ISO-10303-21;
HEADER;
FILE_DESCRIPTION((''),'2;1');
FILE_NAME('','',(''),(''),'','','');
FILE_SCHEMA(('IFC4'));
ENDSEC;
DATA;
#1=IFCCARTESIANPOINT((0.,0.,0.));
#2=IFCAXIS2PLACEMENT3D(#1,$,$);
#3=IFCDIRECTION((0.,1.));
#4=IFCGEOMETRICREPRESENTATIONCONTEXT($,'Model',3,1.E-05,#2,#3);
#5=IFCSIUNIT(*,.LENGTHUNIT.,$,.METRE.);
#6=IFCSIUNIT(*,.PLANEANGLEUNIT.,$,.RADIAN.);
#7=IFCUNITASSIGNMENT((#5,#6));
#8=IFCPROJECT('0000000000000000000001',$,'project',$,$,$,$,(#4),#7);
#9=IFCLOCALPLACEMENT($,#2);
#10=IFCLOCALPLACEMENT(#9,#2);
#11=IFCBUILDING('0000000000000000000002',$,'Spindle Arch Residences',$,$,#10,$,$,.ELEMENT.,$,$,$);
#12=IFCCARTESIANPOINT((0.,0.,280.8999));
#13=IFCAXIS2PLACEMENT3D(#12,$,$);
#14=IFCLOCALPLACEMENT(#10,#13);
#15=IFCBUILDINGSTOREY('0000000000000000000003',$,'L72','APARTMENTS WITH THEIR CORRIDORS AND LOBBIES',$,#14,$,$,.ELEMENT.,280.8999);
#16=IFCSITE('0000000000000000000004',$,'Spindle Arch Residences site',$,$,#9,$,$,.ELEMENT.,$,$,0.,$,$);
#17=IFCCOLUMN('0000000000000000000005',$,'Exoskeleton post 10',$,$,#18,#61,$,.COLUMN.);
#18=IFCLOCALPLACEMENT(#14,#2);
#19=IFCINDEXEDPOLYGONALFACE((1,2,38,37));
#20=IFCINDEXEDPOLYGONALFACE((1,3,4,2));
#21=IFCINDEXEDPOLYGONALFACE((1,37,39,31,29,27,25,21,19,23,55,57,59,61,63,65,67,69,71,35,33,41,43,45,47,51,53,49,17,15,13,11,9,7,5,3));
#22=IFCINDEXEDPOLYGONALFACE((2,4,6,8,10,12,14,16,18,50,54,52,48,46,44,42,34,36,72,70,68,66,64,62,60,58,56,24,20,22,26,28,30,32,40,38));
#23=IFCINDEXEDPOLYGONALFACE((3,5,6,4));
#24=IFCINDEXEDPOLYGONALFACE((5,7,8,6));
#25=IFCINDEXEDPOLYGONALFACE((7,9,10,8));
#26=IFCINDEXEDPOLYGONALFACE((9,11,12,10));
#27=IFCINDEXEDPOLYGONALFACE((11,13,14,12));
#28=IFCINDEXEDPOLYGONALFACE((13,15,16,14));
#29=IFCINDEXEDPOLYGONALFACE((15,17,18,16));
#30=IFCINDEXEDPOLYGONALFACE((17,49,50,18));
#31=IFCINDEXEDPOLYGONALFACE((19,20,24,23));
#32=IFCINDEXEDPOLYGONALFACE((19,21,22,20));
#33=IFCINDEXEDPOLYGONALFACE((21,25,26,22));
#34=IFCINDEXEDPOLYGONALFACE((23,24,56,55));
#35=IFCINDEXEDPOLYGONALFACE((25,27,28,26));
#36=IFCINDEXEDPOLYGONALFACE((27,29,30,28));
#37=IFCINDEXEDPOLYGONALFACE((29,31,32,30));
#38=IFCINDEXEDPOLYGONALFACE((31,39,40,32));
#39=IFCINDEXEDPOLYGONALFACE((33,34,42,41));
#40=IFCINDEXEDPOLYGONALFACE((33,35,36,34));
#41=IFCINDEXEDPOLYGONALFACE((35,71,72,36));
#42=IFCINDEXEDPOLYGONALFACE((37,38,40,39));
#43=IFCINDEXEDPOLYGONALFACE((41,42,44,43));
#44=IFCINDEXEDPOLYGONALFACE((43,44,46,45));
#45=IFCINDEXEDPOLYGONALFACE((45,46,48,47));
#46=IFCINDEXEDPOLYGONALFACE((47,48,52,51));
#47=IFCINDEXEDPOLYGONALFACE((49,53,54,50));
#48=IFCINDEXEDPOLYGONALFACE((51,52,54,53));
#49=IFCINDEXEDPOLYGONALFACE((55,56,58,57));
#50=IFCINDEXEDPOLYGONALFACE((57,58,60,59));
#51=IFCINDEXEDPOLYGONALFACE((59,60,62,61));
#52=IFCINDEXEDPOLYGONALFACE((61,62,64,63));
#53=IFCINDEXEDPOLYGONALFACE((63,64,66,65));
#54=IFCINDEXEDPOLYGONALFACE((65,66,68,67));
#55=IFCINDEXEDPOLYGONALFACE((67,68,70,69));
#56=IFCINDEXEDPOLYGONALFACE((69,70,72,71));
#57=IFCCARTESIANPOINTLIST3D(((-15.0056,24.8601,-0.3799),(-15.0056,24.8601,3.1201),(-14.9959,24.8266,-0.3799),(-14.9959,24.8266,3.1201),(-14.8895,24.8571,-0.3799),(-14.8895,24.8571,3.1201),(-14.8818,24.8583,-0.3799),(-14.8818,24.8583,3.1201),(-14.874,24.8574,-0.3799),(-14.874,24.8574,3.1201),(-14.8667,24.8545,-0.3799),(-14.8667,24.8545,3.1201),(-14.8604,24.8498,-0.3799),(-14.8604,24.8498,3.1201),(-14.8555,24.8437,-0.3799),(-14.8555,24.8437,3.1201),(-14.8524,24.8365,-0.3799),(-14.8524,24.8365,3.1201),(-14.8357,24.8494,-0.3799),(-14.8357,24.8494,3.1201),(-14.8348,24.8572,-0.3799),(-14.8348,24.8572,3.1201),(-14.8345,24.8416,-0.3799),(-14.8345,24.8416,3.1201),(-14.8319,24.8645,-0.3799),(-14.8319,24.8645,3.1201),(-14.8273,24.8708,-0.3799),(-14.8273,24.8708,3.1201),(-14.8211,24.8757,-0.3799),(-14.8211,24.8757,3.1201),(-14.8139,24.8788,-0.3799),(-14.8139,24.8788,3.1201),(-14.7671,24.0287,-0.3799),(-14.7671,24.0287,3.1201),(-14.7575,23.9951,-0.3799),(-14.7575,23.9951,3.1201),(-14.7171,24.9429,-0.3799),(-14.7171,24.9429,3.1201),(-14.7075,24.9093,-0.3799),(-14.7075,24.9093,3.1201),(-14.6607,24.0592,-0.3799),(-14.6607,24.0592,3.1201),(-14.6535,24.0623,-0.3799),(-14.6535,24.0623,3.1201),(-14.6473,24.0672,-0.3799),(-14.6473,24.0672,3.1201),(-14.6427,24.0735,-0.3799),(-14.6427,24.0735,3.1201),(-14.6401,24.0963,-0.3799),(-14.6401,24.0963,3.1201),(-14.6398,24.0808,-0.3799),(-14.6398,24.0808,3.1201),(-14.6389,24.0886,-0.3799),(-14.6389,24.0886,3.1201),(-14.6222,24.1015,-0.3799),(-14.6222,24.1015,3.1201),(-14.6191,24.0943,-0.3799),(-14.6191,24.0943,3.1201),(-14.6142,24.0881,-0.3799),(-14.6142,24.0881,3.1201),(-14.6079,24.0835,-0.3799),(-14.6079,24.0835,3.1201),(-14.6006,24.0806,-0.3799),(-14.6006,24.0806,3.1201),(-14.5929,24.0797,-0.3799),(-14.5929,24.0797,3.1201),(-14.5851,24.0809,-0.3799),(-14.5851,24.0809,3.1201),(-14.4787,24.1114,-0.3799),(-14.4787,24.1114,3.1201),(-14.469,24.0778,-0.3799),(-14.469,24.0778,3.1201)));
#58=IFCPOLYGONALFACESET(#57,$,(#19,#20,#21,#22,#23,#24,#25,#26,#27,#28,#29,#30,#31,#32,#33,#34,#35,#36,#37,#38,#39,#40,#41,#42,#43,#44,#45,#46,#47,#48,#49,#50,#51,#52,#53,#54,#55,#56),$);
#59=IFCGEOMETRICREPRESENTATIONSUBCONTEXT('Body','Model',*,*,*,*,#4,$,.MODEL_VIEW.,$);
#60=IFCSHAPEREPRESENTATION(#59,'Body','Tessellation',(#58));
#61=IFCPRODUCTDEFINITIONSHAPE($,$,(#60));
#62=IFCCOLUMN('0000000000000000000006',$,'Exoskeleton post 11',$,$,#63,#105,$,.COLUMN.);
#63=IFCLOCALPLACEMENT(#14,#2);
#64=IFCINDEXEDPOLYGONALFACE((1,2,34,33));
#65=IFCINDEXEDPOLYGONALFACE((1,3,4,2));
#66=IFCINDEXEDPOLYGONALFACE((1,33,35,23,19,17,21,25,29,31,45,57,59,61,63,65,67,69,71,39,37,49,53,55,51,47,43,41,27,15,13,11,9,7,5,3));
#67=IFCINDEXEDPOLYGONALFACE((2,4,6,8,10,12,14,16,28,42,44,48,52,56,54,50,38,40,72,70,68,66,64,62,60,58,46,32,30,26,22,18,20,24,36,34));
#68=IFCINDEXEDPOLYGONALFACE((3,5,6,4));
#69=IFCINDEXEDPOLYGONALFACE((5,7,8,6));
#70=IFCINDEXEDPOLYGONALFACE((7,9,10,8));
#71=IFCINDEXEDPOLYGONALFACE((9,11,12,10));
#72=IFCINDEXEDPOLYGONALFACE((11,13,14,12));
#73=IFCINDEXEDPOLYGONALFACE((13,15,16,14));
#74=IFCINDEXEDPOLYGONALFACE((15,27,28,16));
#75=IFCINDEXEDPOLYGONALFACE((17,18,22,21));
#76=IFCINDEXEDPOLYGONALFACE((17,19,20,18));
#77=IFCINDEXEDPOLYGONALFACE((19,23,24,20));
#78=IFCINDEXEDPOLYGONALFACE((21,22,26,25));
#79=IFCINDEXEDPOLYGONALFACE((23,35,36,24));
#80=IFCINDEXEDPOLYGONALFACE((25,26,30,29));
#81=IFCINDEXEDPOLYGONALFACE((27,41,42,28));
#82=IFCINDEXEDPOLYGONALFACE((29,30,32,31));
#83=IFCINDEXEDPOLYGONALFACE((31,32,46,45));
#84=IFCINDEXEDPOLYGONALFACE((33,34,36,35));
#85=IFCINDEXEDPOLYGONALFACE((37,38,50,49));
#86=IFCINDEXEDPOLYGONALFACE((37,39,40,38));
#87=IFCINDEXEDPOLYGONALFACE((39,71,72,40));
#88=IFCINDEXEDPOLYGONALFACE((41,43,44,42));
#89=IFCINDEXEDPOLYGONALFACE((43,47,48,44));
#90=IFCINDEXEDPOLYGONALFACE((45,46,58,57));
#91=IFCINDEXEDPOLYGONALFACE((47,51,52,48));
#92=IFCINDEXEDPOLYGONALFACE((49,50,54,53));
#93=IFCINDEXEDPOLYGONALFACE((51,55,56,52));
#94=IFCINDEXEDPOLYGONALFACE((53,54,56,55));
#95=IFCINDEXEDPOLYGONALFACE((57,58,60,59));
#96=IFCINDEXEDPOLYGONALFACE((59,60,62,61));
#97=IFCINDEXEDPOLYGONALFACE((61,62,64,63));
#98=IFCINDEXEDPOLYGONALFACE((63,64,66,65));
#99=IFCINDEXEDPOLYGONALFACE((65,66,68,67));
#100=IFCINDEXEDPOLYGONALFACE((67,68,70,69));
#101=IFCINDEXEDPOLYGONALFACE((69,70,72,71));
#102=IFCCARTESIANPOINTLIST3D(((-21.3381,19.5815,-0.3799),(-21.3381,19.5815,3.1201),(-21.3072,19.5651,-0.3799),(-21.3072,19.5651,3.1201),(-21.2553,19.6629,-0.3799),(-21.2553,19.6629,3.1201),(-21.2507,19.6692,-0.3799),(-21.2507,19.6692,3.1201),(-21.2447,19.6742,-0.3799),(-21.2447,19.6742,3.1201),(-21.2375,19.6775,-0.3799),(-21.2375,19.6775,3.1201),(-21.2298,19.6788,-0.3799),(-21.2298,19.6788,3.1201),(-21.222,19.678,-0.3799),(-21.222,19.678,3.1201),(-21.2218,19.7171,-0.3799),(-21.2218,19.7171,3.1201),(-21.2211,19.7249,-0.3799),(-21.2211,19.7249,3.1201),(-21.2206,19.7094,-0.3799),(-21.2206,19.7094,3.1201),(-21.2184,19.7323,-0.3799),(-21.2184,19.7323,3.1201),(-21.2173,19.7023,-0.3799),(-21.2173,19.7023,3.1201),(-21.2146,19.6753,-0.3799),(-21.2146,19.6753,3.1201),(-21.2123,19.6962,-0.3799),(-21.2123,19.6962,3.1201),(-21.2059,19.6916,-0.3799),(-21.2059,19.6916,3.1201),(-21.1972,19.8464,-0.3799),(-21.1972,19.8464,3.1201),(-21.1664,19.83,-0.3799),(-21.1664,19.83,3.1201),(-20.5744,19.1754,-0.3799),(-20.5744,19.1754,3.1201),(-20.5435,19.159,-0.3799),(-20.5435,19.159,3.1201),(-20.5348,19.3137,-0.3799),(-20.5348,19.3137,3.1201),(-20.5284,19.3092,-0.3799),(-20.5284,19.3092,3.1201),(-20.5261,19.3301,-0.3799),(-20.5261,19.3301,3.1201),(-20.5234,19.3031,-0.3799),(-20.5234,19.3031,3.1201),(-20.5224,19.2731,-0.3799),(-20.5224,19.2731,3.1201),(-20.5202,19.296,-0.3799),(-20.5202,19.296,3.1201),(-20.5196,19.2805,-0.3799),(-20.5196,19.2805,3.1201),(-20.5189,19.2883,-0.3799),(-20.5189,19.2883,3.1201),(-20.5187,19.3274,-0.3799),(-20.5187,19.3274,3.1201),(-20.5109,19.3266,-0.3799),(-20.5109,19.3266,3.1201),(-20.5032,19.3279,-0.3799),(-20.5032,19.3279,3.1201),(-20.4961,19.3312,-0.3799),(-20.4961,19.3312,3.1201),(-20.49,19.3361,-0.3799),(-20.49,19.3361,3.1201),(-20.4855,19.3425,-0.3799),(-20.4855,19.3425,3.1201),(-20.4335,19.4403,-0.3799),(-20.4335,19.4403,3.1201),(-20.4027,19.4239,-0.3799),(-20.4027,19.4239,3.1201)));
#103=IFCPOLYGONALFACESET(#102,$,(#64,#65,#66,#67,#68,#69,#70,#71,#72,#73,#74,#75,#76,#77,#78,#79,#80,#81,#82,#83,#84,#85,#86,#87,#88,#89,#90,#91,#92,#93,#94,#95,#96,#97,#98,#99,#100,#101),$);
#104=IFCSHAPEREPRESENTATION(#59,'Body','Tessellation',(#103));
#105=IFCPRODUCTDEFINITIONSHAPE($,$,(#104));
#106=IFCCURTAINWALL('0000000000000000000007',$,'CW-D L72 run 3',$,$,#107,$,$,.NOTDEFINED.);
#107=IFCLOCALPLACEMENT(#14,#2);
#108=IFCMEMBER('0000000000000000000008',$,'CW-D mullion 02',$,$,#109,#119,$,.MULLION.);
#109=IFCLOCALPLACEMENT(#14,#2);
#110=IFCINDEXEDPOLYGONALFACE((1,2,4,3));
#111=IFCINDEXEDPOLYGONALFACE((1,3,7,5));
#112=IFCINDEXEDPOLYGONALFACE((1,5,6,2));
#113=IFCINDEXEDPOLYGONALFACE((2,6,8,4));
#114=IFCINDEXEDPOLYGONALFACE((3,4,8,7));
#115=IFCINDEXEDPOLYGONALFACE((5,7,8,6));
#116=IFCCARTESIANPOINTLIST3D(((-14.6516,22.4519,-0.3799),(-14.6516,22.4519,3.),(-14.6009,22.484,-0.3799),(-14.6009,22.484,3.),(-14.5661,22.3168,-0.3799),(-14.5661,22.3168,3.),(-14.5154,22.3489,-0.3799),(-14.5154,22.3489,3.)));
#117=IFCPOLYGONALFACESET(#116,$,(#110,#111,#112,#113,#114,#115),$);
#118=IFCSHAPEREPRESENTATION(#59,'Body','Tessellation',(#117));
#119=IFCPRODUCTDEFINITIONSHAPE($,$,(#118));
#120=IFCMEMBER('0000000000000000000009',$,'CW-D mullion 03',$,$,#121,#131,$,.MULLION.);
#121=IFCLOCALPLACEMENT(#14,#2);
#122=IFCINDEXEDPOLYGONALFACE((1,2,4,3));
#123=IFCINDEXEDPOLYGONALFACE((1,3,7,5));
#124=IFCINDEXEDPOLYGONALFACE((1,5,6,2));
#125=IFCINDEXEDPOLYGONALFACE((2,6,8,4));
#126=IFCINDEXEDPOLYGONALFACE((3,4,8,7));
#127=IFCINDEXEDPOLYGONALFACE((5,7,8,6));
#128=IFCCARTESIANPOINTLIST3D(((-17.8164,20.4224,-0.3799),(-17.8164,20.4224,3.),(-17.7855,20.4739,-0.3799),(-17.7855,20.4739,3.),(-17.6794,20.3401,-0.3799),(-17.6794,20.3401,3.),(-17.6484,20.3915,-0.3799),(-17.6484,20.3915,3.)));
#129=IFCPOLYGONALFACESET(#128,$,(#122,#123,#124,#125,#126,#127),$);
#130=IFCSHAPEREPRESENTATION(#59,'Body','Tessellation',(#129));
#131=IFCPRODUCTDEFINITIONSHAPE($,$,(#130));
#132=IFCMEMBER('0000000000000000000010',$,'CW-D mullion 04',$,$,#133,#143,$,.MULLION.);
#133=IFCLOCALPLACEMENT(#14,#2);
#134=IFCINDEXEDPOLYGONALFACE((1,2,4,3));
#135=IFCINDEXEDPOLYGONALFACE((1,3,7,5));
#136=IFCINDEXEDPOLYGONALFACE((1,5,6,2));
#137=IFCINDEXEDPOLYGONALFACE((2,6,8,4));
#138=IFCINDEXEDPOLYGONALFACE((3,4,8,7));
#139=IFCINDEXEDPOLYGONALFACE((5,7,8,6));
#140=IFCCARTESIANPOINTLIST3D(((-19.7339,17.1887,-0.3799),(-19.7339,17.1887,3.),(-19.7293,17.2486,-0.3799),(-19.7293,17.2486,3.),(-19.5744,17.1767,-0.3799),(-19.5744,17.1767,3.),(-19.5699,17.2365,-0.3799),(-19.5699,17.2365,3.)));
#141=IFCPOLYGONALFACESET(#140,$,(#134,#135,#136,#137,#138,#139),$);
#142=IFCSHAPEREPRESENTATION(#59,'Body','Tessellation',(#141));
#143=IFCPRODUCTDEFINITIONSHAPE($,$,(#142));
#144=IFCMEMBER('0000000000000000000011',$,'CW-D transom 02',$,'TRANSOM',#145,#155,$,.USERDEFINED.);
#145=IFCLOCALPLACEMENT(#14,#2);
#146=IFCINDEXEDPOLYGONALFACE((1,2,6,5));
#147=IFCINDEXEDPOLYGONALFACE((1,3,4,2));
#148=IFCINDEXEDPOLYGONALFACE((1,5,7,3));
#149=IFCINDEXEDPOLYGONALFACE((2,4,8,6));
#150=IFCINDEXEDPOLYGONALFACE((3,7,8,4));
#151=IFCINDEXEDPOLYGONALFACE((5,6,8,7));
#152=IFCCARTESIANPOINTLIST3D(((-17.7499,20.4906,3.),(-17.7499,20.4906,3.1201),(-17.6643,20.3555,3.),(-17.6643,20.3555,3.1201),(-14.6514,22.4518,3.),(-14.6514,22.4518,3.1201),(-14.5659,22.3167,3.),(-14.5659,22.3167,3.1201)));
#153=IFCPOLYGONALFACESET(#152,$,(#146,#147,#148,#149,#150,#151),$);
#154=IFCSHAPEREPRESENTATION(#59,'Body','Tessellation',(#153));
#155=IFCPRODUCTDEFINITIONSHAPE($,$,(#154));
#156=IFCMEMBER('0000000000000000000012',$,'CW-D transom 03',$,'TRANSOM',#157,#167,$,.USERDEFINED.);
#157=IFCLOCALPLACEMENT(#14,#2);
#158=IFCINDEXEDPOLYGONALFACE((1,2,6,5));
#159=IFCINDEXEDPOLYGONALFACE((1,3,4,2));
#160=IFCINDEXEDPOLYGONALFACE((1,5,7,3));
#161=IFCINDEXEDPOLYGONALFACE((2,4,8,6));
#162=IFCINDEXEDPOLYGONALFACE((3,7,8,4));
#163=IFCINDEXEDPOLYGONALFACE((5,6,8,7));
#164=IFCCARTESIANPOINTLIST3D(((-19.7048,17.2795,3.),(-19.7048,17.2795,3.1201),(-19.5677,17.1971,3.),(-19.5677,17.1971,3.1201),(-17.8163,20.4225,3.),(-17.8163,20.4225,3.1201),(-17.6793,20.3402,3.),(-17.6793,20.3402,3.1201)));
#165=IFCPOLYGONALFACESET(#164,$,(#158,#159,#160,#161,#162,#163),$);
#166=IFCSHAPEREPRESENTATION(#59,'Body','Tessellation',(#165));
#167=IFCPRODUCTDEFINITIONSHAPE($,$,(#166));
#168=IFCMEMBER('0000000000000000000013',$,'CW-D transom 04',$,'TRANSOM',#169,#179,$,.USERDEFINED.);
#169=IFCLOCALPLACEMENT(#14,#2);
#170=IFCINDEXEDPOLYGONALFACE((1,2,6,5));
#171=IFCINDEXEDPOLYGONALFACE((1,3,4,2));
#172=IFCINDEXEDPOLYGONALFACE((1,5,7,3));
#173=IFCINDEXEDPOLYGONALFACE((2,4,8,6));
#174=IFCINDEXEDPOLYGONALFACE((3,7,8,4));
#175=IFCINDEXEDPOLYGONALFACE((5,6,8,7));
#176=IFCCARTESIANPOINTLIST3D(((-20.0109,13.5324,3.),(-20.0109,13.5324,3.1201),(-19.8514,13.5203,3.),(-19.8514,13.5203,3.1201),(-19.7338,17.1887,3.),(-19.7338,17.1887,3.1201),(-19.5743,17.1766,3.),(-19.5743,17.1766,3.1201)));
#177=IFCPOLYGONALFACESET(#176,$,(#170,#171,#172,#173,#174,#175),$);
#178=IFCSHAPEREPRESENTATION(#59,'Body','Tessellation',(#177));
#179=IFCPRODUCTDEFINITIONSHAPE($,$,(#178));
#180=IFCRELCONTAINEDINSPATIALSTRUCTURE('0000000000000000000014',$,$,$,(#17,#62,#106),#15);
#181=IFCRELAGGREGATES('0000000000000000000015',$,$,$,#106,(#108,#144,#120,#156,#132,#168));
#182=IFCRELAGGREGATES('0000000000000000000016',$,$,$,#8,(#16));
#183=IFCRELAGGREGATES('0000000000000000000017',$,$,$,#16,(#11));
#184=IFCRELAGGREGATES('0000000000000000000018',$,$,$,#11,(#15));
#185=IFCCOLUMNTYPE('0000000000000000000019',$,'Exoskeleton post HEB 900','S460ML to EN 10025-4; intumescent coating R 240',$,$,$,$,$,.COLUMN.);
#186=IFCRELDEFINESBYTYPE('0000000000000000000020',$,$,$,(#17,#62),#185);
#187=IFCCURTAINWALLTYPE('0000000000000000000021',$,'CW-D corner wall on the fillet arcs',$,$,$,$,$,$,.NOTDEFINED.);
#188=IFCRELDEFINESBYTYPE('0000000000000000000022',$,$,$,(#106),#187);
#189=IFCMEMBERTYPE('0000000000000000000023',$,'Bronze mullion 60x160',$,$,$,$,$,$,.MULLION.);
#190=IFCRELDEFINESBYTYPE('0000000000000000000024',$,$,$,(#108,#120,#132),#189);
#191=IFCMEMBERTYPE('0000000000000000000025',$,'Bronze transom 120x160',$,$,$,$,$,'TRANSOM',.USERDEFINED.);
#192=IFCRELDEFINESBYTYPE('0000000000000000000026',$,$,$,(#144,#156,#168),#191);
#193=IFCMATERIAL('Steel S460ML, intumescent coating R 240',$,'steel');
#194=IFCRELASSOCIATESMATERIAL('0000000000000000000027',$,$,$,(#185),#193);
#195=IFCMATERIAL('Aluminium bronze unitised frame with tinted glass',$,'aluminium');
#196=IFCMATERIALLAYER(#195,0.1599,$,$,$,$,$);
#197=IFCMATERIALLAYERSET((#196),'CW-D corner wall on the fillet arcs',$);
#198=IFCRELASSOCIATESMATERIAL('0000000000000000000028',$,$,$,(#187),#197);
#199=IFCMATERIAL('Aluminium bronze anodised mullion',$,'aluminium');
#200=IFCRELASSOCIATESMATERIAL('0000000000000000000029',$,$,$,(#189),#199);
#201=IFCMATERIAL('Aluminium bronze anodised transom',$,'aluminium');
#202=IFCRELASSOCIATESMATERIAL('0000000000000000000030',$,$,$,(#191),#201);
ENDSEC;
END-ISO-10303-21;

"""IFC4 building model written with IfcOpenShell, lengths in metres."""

from ifc_helpers import new_model, si_unit, direction, frame, origin, origin_2d, place, context, subcontext, project, spatial, rectangle, i_section, extrude, material, layer, layer_set, material_profile, profile_set, type_object, element, aggregate, save


model = new_model("IFC4")

# Units and contexts
model_context = context("Model", 3, precision=1e-05, world=origin(), true_north=direction((0.0, 1.0)))
body_context = subcontext(model_context, "Body", "Model", "MODEL_VIEW")
ifc_project = project(units=[si_unit("LENGTHUNIT", "METRE"), si_unit("PLANEANGLEUNIT", "RADIAN")], contexts=[model_context])

# Site, building, storey
site_placement = place(None, origin())
site = spatial("IfcSite", under=ifc_project, at=site_placement, Name="Spindle Arch Residences site", CompositionType="ELEMENT", RefElevation=0.0)
building_placement = place(site_placement, origin())
building = spatial("IfcBuilding", under=site, at=building_placement, Name="Spindle Arch Residences", CompositionType="ELEMENT")
storey_placement = place(building_placement, frame((0.0, 0.0, 280.8999)))
storey = spatial("IfcBuildingStorey", under=building, at=storey_placement, Name="L72", Description="APARTMENTS WITH THEIR CORRIDORS AND LOBBIES", CompositionType="ELEMENT", Elevation=280.8999)

# Columns
ifc_material_1 = material(Name="Steel S460ML, intumescent coating R 240", Category="steel")
ifc_material_profile_1 = material_profile(ifc_material_1, i_section(OverallWidth=0.3, OverallDepth=0.8999, WebThickness=0.0186, FlangeThickness=0.0349, FilletRadius=0.03, at=origin_2d()), Name="HEB 900")
ifc_profile_set_1 = profile_set([ifc_material_profile_1], Name="Steel S460ML, intumescent coating R 240")
column_type = type_object("IfcColumnType", Name="Exoskeleton post HEB 900", Description="S460ML to EN 10025-4; intumescent coating R 240", PredefinedType="COLUMN", material=ifc_profile_set_1)
for number, where, z_axis, x_axis, name in (
    (1, (-14.7373, 24.469, -0.3799), (0.0, 0.0, 1.0), (0.961245, 0.275695, 0.0), "Exoskeleton post 10"),
    (2, (-20.8704, 19.5027, -0.3799), (0.0, 0.0, 1.0), (0.469525, 0.882919, 0.0), "Exoskeleton post 11"),
):
    element("IfcColumn", number, at=place(storey_placement, frame(where, z_axis=z_axis, x_axis=x_axis)), inside=storey, type_object=column_type, Name=name, PredefinedType="COLUMN", context=body_context, shape_type="SweptSolid", body=[
        extrude(i_section(OverallWidth=0.3, OverallDepth=0.8999, WebThickness=0.0186, FlangeThickness=0.0349, FilletRadius=0.03, at=origin_2d()), origin(), (0.0, 0.0, 1.0), 3.5),
    ])

# Curtain wall, members
ifc_material_2 = material(Name="Aluminium bronze unitised frame with tinted glass", Category="aluminium")
ifc_layer_1 = layer(ifc_material_2, 0.1599)
ifc_layer_set_1 = layer_set([ifc_layer_1], Name="CW-D corner wall on the fillet arcs")
curtain_wall_type = type_object("IfcCurtainWallType", Name="CW-D corner wall on the fillet arcs", PredefinedType="NOTDEFINED", material=ifc_layer_set_1)
curtain_wall_placement = place(storey_placement, origin())
curtain_wall = element("IfcCurtainWall", 3, at=curtain_wall_placement, inside=storey, type_object=curtain_wall_type, Name="CW-D L72 run 3", PredefinedType="NOTDEFINED")
ifc_material_3 = material(Name="Aluminium bronze anodised mullion", Category="aluminium")
ifc_material_profile_2 = material_profile(ifc_material_3, rectangle(XDim=0.1599, YDim=0.0601, at=origin_2d()), Name="MU 60x160")
ifc_profile_set_2 = profile_set([ifc_material_profile_2], Name="Aluminium bronze anodised mullion")
member_type_1 = type_object("IfcMemberType", Name="Bronze mullion 60x160", PredefinedType="MULLION", material=ifc_profile_set_2)
member_1_placement = place(storey_placement, frame((-14.5835, 22.4004, -0.3799), z_axis=(0.0, 0.0, 1.0), x_axis=(0.534844, -0.844951, 0.0)))
member_1 = element("IfcMember", 4, at=member_1_placement, type_object=member_type_1, Name="CW-D mullion 02", PredefinedType="MULLION", context=body_context, shape_type="SweptSolid", body=[
    extrude(rectangle(XDim=0.1599, YDim=0.0601, at=origin_2d()), origin(), (0.0, 0.0, 1.0), 3.3799),
])
member_2_placement = place(storey_placement, frame((-17.7324, 20.407, -0.3799), z_axis=(0.0, 0.0, 1.0), x_axis=(0.857167, -0.515038, 0.0)))
member_2 = element("IfcMember", 5, at=member_2_placement, type_object=member_type_1, Name="CW-D mullion 03", PredefinedType="MULLION", context=body_context, shape_type="SweptSolid", body=[
    extrude(rectangle(XDim=0.1599, YDim=0.0601, at=origin_2d()), origin(), (0.0, 0.0, 1.0), 3.3799),
])
member_3_placement = place(storey_placement, frame((-19.6519, 17.2126, -0.3799), z_axis=(0.0, 0.0, 1.0), x_axis=(0.997141, -0.075559, 0.0)))
member_3 = element("IfcMember", 6, at=member_3_placement, type_object=member_type_1, Name="CW-D mullion 04", PredefinedType="MULLION", context=body_context, shape_type="SweptSolid", body=[
    extrude(rectangle(XDim=0.1599, YDim=0.0601, at=origin_2d()), origin(), (0.0, 0.0, 1.0), 3.3799),
])
ifc_material_4 = material(Name="Aluminium bronze anodised transom", Category="aluminium")
ifc_material_profile_3 = material_profile(ifc_material_4, rectangle(XDim=0.1599, YDim=0.1201, at=origin_2d()), Name="TR 120x160")
ifc_profile_set_3 = profile_set([ifc_material_profile_3], Name="Aluminium bronze anodised transom")
member_type_2 = type_object("IfcMemberType", Name="Bronze transom 120x160", ElementType="TRANSOM", PredefinedType="USERDEFINED", material=ifc_profile_set_3)
member_4_placement = place(storey_placement, frame((-14.6086, 22.3843, 3.0601), z_axis=(-0.844958, -0.534832, 0.0), x_axis=(0.534832, -0.844958, 0.0)))
member_4 = element("IfcMember", 7, at=member_4_placement, type_object=member_type_2, Name="CW-D transom 02", ObjectType="TRANSOM", PredefinedType="USERDEFINED", context=body_context, shape_type="SweptSolid", body=[
    extrude(rectangle(XDim=0.1599, YDim=0.1201, at=origin_2d()), origin(), (0.0, 0.0, 1.0), 3.667),
])
member_5_placement = place(storey_placement, frame((-17.7478, 20.3813, 3.0601), z_axis=(-0.515015, -0.857181, 0.0), x_axis=(0.857181, -0.515015, 0.0)))
member_5 = element("IfcMember", 8, at=member_5_placement, type_object=member_type_2, Name="CW-D transom 03", ObjectType="TRANSOM", PredefinedType="USERDEFINED", context=body_context, shape_type="SweptSolid", body=[
    extrude(rectangle(XDim=0.1599, YDim=0.1201, at=origin_2d()), origin(), (0.0, 0.0, 1.0), 3.6667),
])
member_6_placement = place(storey_placement, frame((-19.6541, 17.1826, 3.0601), z_axis=(-0.075571, -0.99714, 0.0), x_axis=(0.99714, -0.075571, 0.0)))
member_6 = element("IfcMember", 9, at=member_6_placement, type_object=member_type_2, Name="CW-D transom 04", ObjectType="TRANSOM", PredefinedType="USERDEFINED", context=body_context, shape_type="SweptSolid", body=[
    extrude(rectangle(XDim=0.1599, YDim=0.1201, at=origin_2d()), origin(), (0.0, 0.0, 1.0), 3.6667),
])

aggregate(curtain_wall, [member_1, member_4, member_2, member_5, member_3, member_6])

save(model, "model.ifc")
